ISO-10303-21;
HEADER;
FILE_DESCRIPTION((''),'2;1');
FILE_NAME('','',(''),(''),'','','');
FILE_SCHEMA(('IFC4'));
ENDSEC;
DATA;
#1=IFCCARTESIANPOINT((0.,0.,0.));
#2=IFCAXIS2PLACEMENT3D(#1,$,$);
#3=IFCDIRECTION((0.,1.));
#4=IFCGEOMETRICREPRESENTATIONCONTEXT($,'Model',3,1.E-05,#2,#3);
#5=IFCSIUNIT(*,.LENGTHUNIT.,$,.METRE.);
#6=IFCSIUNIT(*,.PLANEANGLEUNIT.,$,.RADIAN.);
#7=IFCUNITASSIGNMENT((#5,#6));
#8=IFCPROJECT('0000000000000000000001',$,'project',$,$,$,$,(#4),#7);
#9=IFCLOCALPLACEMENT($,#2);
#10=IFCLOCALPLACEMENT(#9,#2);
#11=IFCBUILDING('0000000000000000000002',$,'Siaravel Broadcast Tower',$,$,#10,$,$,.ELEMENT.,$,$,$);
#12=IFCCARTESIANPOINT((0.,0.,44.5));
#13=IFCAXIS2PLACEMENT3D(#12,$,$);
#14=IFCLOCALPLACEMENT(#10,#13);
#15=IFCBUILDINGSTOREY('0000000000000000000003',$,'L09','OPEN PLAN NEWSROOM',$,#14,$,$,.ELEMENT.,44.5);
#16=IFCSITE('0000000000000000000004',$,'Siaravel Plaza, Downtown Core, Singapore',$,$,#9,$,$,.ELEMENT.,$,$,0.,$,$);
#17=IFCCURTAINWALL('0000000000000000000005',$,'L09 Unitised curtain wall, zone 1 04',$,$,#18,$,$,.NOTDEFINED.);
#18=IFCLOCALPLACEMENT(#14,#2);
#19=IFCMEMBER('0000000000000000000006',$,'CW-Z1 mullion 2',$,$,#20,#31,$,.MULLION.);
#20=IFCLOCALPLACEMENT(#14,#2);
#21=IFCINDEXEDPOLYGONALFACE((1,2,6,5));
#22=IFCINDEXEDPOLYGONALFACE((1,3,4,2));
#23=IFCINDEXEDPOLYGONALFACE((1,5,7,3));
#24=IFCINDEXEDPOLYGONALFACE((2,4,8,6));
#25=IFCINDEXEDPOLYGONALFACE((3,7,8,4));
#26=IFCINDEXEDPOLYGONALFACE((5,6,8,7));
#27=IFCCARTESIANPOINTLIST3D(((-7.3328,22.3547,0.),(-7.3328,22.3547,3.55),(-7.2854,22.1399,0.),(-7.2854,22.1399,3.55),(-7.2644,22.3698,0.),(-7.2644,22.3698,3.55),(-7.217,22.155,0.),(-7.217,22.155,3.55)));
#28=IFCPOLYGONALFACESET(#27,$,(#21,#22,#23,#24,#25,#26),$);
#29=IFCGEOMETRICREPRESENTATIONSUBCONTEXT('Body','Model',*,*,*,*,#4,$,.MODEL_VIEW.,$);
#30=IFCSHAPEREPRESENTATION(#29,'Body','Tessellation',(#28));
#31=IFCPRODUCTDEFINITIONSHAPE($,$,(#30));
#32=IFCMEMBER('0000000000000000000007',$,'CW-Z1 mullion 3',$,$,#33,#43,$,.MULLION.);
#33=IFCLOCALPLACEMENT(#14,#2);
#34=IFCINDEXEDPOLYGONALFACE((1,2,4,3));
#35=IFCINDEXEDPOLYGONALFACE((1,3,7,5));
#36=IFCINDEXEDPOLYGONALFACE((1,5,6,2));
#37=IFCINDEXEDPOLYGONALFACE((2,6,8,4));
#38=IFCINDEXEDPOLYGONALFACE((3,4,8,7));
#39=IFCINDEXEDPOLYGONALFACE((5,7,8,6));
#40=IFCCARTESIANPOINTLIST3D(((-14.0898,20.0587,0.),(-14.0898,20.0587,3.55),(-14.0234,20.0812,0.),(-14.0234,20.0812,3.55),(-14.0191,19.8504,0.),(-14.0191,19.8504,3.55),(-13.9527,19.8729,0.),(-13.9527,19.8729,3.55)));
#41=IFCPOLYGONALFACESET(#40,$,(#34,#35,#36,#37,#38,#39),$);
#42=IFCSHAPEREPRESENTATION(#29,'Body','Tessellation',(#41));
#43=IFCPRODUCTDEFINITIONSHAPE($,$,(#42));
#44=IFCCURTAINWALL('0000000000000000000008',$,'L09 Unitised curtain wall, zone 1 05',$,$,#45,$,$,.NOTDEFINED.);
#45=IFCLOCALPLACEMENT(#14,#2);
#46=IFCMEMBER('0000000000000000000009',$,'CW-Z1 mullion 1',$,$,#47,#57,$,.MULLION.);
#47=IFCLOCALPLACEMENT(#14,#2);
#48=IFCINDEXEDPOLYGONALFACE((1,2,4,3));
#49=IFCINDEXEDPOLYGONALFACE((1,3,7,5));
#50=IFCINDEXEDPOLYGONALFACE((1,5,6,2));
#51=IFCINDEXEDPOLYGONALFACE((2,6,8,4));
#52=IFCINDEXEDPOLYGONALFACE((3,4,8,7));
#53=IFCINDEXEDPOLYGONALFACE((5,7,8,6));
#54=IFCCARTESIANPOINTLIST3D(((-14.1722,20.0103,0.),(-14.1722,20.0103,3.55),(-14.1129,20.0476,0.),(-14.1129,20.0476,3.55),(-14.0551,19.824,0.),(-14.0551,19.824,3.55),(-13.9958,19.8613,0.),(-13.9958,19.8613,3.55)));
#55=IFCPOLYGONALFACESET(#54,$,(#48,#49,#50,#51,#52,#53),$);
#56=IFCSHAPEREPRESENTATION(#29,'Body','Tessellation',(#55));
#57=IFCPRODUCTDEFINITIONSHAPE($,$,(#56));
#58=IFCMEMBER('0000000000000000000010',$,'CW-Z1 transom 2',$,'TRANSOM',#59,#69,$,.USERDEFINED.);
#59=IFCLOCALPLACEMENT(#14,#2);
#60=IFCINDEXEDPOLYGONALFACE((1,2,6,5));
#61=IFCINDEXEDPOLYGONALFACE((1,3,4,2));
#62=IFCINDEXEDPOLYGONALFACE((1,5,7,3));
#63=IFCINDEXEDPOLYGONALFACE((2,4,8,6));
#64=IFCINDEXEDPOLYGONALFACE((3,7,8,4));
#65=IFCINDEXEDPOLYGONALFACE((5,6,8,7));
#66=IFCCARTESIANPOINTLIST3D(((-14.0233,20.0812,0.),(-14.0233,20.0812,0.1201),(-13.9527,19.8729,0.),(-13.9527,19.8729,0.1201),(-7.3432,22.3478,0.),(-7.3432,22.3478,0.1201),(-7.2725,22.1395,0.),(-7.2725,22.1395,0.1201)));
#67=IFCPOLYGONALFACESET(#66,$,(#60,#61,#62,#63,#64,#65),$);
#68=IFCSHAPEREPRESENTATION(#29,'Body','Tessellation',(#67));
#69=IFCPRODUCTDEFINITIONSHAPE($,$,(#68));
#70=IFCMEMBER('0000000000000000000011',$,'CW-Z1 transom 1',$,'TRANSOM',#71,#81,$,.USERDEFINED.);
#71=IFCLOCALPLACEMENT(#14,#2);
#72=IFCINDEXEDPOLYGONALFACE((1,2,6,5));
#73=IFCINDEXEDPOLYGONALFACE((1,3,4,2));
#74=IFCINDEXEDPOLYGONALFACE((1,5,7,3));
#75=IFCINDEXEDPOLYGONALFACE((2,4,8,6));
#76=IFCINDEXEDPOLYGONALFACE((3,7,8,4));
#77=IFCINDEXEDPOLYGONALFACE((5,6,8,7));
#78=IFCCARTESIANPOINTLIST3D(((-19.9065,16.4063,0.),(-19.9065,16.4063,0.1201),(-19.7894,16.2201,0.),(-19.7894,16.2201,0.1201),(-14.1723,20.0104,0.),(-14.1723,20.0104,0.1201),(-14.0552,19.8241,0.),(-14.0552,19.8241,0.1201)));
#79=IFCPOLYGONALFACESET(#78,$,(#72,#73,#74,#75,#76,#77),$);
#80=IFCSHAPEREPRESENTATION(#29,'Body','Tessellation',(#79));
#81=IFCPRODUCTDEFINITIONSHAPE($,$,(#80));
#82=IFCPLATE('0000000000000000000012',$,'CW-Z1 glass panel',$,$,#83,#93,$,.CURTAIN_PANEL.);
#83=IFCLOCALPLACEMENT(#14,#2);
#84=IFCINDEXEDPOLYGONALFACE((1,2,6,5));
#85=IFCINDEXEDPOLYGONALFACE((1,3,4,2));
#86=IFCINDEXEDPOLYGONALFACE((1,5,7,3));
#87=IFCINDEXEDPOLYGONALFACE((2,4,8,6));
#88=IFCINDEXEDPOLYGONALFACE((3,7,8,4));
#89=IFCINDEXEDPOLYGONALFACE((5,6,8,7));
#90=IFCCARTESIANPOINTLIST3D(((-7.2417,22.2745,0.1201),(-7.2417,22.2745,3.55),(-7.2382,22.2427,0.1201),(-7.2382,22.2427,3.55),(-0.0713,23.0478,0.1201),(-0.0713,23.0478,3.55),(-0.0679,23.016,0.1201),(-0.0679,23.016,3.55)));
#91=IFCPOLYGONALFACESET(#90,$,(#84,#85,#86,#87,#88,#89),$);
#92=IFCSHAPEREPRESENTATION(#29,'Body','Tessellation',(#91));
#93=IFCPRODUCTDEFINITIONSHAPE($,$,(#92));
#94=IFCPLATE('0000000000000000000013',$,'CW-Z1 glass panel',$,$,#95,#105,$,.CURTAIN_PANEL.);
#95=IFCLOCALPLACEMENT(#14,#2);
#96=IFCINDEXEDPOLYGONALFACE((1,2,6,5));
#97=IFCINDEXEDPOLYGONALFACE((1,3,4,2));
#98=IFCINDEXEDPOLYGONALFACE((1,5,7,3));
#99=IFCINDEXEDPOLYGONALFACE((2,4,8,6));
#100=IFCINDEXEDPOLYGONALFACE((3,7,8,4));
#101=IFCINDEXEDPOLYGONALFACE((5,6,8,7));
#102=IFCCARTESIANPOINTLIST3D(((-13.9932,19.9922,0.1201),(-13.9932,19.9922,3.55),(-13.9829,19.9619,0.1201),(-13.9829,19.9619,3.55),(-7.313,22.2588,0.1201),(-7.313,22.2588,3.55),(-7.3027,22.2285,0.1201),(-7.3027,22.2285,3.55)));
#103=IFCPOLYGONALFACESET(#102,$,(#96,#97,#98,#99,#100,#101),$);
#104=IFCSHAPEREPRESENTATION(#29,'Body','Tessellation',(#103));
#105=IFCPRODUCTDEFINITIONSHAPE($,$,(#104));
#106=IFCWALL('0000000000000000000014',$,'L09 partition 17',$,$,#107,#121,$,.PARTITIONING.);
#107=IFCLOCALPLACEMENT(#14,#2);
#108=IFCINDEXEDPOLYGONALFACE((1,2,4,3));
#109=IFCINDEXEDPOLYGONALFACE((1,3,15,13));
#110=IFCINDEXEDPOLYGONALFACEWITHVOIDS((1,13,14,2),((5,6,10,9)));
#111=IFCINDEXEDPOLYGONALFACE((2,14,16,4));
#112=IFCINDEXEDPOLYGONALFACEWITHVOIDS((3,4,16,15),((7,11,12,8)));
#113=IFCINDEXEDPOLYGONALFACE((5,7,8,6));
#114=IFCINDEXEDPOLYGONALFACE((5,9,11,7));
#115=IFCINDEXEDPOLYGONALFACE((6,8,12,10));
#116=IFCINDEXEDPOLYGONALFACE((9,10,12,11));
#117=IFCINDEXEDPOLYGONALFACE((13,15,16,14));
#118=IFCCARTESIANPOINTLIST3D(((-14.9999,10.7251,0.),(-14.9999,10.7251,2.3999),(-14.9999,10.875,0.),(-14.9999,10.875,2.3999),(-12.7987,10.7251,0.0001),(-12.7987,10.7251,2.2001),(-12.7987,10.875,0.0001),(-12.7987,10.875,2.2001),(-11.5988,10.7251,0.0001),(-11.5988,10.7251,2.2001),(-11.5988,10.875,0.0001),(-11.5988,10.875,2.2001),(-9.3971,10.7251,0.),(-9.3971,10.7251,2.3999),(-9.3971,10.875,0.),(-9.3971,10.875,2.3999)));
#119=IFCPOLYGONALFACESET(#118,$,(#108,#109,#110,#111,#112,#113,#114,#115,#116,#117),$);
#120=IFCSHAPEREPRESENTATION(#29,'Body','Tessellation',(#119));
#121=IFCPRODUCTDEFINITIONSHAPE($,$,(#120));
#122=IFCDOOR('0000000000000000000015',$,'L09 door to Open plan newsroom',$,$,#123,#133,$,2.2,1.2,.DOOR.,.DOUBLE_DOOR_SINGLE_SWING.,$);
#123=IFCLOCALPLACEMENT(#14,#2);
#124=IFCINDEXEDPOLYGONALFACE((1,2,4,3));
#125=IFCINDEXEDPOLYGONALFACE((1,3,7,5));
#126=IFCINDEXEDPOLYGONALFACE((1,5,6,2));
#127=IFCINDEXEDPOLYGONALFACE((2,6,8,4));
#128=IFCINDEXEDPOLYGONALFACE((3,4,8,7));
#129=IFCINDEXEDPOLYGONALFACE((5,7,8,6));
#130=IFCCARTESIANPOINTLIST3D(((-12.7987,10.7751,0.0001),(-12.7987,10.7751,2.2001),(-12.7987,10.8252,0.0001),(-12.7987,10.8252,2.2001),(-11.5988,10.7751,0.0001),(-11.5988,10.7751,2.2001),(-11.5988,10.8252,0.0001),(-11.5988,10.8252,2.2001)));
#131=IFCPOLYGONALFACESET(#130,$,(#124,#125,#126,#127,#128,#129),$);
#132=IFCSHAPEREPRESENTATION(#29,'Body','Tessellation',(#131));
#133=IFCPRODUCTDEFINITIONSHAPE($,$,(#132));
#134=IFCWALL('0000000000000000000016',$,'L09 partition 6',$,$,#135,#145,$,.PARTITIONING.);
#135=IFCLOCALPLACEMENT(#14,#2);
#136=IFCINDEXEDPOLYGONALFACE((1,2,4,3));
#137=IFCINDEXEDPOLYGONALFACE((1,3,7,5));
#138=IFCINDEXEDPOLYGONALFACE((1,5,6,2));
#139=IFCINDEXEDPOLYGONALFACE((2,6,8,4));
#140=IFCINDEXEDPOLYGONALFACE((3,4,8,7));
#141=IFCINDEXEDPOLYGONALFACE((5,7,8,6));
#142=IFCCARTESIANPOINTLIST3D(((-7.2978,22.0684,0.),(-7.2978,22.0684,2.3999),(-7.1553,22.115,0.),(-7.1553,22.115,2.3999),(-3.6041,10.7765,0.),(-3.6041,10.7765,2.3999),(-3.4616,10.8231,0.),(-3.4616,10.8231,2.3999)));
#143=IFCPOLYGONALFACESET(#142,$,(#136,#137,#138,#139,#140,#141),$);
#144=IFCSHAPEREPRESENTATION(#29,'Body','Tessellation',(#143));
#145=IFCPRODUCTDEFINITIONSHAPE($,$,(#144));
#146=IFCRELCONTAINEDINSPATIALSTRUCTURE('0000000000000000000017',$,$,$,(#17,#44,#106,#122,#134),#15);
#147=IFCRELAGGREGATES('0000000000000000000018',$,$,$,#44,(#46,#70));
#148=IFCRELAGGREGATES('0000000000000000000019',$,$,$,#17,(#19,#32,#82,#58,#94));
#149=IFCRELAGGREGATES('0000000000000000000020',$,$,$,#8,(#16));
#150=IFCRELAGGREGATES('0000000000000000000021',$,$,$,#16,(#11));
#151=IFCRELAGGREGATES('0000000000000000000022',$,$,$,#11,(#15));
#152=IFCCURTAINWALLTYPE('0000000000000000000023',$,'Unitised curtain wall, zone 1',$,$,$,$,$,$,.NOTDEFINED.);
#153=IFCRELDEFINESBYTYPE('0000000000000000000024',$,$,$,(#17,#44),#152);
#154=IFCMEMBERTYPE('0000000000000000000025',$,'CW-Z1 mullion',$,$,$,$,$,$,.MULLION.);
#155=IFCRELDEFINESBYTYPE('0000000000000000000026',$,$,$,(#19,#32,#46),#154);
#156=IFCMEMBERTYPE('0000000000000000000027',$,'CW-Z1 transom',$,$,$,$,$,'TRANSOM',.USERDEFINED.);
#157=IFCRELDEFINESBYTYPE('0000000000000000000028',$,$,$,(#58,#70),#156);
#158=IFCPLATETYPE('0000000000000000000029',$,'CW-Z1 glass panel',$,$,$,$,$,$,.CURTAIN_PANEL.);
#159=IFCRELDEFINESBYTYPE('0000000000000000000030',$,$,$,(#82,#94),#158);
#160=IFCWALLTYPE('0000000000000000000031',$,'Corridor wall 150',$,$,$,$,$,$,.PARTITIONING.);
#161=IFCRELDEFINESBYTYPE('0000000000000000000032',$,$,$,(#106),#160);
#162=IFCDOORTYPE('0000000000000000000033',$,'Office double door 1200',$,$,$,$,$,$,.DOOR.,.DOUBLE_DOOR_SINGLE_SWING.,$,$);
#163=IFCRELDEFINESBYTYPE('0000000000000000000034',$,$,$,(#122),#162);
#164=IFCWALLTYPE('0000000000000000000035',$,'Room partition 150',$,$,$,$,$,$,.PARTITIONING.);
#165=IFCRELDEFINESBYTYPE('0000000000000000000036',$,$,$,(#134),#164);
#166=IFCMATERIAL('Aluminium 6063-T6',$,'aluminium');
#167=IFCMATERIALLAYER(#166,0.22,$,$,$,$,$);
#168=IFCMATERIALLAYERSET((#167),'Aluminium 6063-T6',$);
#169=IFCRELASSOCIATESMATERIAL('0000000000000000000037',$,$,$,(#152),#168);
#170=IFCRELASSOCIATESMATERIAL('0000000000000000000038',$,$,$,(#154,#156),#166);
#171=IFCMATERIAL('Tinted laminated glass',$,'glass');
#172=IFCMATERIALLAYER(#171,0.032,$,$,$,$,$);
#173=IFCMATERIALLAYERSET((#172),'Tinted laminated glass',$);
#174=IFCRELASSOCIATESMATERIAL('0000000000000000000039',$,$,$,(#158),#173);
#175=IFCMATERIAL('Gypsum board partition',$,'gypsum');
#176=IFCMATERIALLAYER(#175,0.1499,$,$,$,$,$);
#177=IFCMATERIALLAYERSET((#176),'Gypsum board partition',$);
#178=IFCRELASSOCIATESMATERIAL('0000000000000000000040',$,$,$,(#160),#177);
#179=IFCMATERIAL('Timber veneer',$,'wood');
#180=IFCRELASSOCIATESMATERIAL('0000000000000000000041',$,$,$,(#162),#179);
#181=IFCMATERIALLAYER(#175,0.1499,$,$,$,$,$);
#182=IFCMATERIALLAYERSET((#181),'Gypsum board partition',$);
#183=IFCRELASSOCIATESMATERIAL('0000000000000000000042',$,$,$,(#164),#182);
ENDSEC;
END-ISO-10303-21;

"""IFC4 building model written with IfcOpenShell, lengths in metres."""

from ifc_helpers import new_model, si_unit, direction, frame, frame_2d, origin, origin_2d, place, context, subcontext, project, spatial, rectangle, extrude, material, layer, layer_set, material_profile, profile_set, type_object, element, fill, aggregate, save


model = new_model("IFC4")

# Units and contexts
model_context = context("Model", 3, precision=1e-05, world=origin(), true_north=direction((0.0, 1.0)))
body_context = subcontext(model_context, "Body", "Model", "MODEL_VIEW")
ifc_project = project(units=[si_unit("LENGTHUNIT", "METRE"), si_unit("PLANEANGLEUNIT", "RADIAN")], contexts=[model_context])

# Site, building, storey
site_placement = place(None, origin())
site = spatial("IfcSite", under=ifc_project, at=site_placement, Name="Siaravel Plaza, Downtown Core, Singapore", CompositionType="ELEMENT", RefElevation=0.0)
building_placement = place(site_placement, origin())
building = spatial("IfcBuilding", under=site, at=building_placement, Name="Siaravel Broadcast Tower", CompositionType="ELEMENT")
storey_placement = place(building_placement, frame((0.0, 0.0, 44.5)))
storey = spatial("IfcBuildingStorey", under=building, at=storey_placement, Name="L09", Description="OPEN PLAN NEWSROOM", CompositionType="ELEMENT", Elevation=44.5)

# Curtain wall, members
ifc_material_1 = material(Name="Aluminium 6063-T6", Category="aluminium")
ifc_layer_1 = layer(ifc_material_1, 0.22)
ifc_layer_set_1 = layer_set([ifc_layer_1], Name="Aluminium 6063-T6")
curtain_wall_type = type_object("IfcCurtainWallType", Name="Unitised curtain wall, zone 1", PredefinedType="NOTDEFINED", material=ifc_layer_set_1)
curtain_wall_1_placement = place(storey_placement, origin())
curtain_wall_1 = element("IfcCurtainWall", 1, at=curtain_wall_1_placement, inside=storey, type_object=curtain_wall_type, Name="L09 Unitised curtain wall, zone 1 04", PredefinedType="NOTDEFINED")
ifc_material_profile_1 = material_profile(ifc_material_1, rectangle(XDim=0.22, YDim=0.0701, at=origin_2d()))
ifc_profile_set_1 = profile_set([ifc_material_profile_1], Name="Aluminium 6063-T6")
member_type_1 = type_object("IfcMemberType", Name="CW-Z1 mullion", PredefinedType="MULLION", material=ifc_profile_set_1)
member_1_placement = place(storey_placement, frame((-7.2749, 22.2549, 0.0), z_axis=(0.0, 0.0, 1.0), x_axis=(0.215558, -0.976491, 0.0)))
member_1 = element("IfcMember", 2, at=member_1_placement, type_object=member_type_1, Name="CW-Z1 mullion 2", PredefinedType="MULLION", context=body_context, shape_type="SweptSolid", body=[
    extrude(rectangle(XDim=0.22, YDim=0.0701, at=origin_2d()), origin(), (0.0, 0.0, 1.0), 3.55),
])
member_2_placement = place(storey_placement, frame((-14.0212, 19.9658, 0.0), z_axis=(0.0, 0.0, 1.0), x_axis=(0.321301, -0.946977, 0.0)))
member_2 = element("IfcMember", 3, at=member_2_placement, type_object=member_type_1, Name="CW-Z1 mullion 3", PredefinedType="MULLION", context=body_context, shape_type="SweptSolid", body=[
    extrude(rectangle(XDim=0.22, YDim=0.0701, at=origin_2d()), origin(), (0.0, 0.0, 1.0), 3.55),
])

# Curtain wall, member
curtain_wall_2_placement = place(storey_placement, origin())
curtain_wall_2 = element("IfcCurtainWall", 4, at=curtain_wall_2_placement, inside=storey, type_object=curtain_wall_type, Name="L09 Unitised curtain wall, zone 1 05", PredefinedType="NOTDEFINED")
member_3_placement = place(storey_placement, frame((-14.084, 19.9358, 0.0), z_axis=(0.0, 0.0, 1.0), x_axis=(0.532149, -0.846651, 0.0)))
member_3 = element("IfcMember", 5, at=member_3_placement, type_object=member_type_1, Name="CW-Z1 mullion 1", PredefinedType="MULLION", context=body_context, shape_type="SweptSolid", body=[
    extrude(rectangle(XDim=0.22, YDim=0.0701, at=origin_2d()), origin(), (0.0, 0.0, 1.0), 3.55),
])

# Members
ifc_material_profile_2 = material_profile(ifc_material_1, rectangle(XDim=0.22, YDim=0.1201, at=origin_2d()))
ifc_profile_set_2 = profile_set([ifc_material_profile_2], Name="Aluminium 6063-T6")
member_type_2 = type_object("IfcMemberType", Name="CW-Z1 transom", ElementType="TRANSOM", PredefinedType="USERDEFINED", material=ifc_profile_set_2)
member_4_placement = place(storey_placement, frame((-7.3079, 22.2437, 0.0601), z_axis=(-0.946974, -0.321311, 0.0), x_axis=(0.321311, -0.946974, 0.0)))
member_4 = element("IfcMember", 6, at=member_4_placement, type_object=member_type_2, Name="CW-Z1 transom 2", ObjectType="TRANSOM", PredefinedType="USERDEFINED", context=body_context, shape_type="SweptSolid", body=[
    extrude(rectangle(XDim=0.22, YDim=0.1201, at=origin_2d()), origin(), (0.0, 0.0, 1.0), 7.0542),
])
member_5_placement = place(storey_placement, frame((-14.1138, 19.9172, 0.0601), z_axis=(-0.846657, -0.532139, 0.0), x_axis=(0.532139, -0.846657, 0.0)))
member_5 = element("IfcMember", 7, at=member_5_placement, type_object=member_type_2, Name="CW-Z1 transom 1", ObjectType="TRANSOM", PredefinedType="USERDEFINED", context=body_context, shape_type="SweptSolid", body=[
    extrude(rectangle(XDim=0.22, YDim=0.1201, at=origin_2d()), origin(), (0.0, 0.0, 1.0), 6.7727),
])
aggregate(curtain_wall_2, [member_3, member_5])

# Plates
ifc_material_2 = material(Name="Tinted laminated glass", Category="glass")
ifc_layer_2 = layer(ifc_material_2, 0.032)
ifc_layer_set_2 = layer_set([ifc_layer_2], Name="Tinted laminated glass")
plate_type = type_object("IfcPlateType", Name="CW-Z1 glass panel", PredefinedType="CURTAIN_PANEL", material=ifc_layer_set_2)
plate_1_placement = place(storey_placement, frame((-3.6548, 22.6453, 0.1201), z_axis=(0.0, 0.0, 1.0), x_axis=(-0.994236, -0.107218, 0.0)))
plate_1 = element("IfcPlate", 8, at=plate_1_placement, type_object=plate_type, Name="CW-Z1 glass panel", PredefinedType="CURTAIN_PANEL", context=body_context, shape_type="SweptSolid", body=[
    extrude(rectangle(XDim=7.2119, YDim=0.032, at=origin_2d()), origin(), (0.0, 0.0, 1.0), 3.4299),
])
plate_2_placement = place(storey_placement, frame((-10.6479, 21.1104, 0.1201), z_axis=(0.0, 0.0, 1.0), x_axis=(-0.946977, -0.321301, 0.0)))
plate_2 = element("IfcPlate", 9, at=plate_2_placement, type_object=plate_type, Name="CW-Z1 glass panel", PredefinedType="CURTAIN_PANEL", context=body_context, shape_type="SweptSolid", body=[
    extrude(rectangle(XDim=7.0542, YDim=0.032, at=origin_2d()), origin(), (0.0, 0.0, 1.0), 3.4299),
])
aggregate(curtain_wall_1, [member_1, member_2, plate_1, member_4, plate_2])

# Wall, opening, door
ifc_material_3 = material(Name="Gypsum board partition", Category="gypsum")
ifc_layer_3 = layer(ifc_material_3, 0.1499)
ifc_layer_set_3 = layer_set([ifc_layer_3], Name="Gypsum board partition")
wall_type_1 = type_object("IfcWallType", Name="Corridor wall 150", PredefinedType="PARTITIONING", material=ifc_layer_set_3)
wall_1_placement = place(storey_placement, frame((-9.3972, 10.8, 0.0), z_axis=(0.0, 0.0, 1.0), x_axis=(-1.0, 0.0, 0.0)))
wall_1 = element("IfcWall", 10, at=wall_1_placement, inside=storey, type_object=wall_type_1, Name="L09 partition 17", PredefinedType="PARTITIONING", context=body_context, shape_type="SweptSolid", body=[
    extrude(rectangle(XDim=5.6028, YDim=0.1499, at=frame_2d((2.8013, 0.0))), origin(), (0.0, 0.0, 1.0), 2.3999),
])
opening_1_placement = place(wall_1_placement, frame((2.2014, 0.0, 0.0)))
opening_1 = element("IfcOpeningElement", 11, at=opening_1_placement, cuts=wall_1, PredefinedType="OPENING", context=body_context, shape_type="SweptSolid", body=[
    extrude(rectangle(XDim=1.2, YDim=2.2, at=frame_2d((0.6001, 1.1001))), frame((0.0, 0.085, 0.0), z_axis=(0.0, -1.0, 0.0), x_axis=(1.0, 0.0, 0.0)), (0.0, 0.0, 1.0), 0.1699),
])
ifc_material_4 = material(Name="Timber veneer", Category="wood")
door_type_1 = type_object("IfcDoorType", Name="Office double door 1200", OperationType="DOUBLE_DOOR_SINGLE_SWING", PredefinedType="DOOR", material=ifc_material_4)
door_1_placement = place(opening_1_placement, origin())
door_1 = element("IfcDoor", 12, at=door_1_placement, inside=storey, type_object=door_type_1, Name="L09 door to Open plan newsroom", OperationType="DOUBLE_DOOR_SINGLE_SWING", OverallHeight=2.2, OverallWidth=1.2, PredefinedType="DOOR", context=body_context, shape_type="SweptSolid", body=[
    extrude(rectangle(XDim=1.2, YDim=2.2, at=frame_2d((0.6001, 1.1001))), frame((0.0, 0.0249, 0.0), z_axis=(0.0, -1.0, 0.0), x_axis=(1.0, 0.0, 0.0)), (0.0, 0.0, 1.0), 0.05),
])
fill(opening_1, door_1)

# Wall
ifc_layer_4 = layer(ifc_material_3, 0.1499)
ifc_layer_set_4 = layer_set([ifc_layer_4], Name="Gypsum board partition")
wall_type_2 = type_object("IfcWallType", Name="Room partition 150", PredefinedType="PARTITIONING", material=ifc_layer_set_4)
wall_2_placement = place(storey_placement, frame((-7.2266, 22.0918, 0.0), z_axis=(0.0, 0.0, 1.0), x_axis=(0.310896, -0.950444, 0.0)))
element("IfcWall", 13, at=wall_2_placement, inside=storey, type_object=wall_type_2, Name="L09 partition 6", PredefinedType="PARTITIONING", context=body_context, shape_type="SweptSolid", body=[
    extrude(rectangle(XDim=11.8806, YDim=0.1499, at=frame_2d((5.9404, 0.0))), origin(), (0.0, 0.0, 1.0), 2.3999),
])

save(model, "model.ifc")
